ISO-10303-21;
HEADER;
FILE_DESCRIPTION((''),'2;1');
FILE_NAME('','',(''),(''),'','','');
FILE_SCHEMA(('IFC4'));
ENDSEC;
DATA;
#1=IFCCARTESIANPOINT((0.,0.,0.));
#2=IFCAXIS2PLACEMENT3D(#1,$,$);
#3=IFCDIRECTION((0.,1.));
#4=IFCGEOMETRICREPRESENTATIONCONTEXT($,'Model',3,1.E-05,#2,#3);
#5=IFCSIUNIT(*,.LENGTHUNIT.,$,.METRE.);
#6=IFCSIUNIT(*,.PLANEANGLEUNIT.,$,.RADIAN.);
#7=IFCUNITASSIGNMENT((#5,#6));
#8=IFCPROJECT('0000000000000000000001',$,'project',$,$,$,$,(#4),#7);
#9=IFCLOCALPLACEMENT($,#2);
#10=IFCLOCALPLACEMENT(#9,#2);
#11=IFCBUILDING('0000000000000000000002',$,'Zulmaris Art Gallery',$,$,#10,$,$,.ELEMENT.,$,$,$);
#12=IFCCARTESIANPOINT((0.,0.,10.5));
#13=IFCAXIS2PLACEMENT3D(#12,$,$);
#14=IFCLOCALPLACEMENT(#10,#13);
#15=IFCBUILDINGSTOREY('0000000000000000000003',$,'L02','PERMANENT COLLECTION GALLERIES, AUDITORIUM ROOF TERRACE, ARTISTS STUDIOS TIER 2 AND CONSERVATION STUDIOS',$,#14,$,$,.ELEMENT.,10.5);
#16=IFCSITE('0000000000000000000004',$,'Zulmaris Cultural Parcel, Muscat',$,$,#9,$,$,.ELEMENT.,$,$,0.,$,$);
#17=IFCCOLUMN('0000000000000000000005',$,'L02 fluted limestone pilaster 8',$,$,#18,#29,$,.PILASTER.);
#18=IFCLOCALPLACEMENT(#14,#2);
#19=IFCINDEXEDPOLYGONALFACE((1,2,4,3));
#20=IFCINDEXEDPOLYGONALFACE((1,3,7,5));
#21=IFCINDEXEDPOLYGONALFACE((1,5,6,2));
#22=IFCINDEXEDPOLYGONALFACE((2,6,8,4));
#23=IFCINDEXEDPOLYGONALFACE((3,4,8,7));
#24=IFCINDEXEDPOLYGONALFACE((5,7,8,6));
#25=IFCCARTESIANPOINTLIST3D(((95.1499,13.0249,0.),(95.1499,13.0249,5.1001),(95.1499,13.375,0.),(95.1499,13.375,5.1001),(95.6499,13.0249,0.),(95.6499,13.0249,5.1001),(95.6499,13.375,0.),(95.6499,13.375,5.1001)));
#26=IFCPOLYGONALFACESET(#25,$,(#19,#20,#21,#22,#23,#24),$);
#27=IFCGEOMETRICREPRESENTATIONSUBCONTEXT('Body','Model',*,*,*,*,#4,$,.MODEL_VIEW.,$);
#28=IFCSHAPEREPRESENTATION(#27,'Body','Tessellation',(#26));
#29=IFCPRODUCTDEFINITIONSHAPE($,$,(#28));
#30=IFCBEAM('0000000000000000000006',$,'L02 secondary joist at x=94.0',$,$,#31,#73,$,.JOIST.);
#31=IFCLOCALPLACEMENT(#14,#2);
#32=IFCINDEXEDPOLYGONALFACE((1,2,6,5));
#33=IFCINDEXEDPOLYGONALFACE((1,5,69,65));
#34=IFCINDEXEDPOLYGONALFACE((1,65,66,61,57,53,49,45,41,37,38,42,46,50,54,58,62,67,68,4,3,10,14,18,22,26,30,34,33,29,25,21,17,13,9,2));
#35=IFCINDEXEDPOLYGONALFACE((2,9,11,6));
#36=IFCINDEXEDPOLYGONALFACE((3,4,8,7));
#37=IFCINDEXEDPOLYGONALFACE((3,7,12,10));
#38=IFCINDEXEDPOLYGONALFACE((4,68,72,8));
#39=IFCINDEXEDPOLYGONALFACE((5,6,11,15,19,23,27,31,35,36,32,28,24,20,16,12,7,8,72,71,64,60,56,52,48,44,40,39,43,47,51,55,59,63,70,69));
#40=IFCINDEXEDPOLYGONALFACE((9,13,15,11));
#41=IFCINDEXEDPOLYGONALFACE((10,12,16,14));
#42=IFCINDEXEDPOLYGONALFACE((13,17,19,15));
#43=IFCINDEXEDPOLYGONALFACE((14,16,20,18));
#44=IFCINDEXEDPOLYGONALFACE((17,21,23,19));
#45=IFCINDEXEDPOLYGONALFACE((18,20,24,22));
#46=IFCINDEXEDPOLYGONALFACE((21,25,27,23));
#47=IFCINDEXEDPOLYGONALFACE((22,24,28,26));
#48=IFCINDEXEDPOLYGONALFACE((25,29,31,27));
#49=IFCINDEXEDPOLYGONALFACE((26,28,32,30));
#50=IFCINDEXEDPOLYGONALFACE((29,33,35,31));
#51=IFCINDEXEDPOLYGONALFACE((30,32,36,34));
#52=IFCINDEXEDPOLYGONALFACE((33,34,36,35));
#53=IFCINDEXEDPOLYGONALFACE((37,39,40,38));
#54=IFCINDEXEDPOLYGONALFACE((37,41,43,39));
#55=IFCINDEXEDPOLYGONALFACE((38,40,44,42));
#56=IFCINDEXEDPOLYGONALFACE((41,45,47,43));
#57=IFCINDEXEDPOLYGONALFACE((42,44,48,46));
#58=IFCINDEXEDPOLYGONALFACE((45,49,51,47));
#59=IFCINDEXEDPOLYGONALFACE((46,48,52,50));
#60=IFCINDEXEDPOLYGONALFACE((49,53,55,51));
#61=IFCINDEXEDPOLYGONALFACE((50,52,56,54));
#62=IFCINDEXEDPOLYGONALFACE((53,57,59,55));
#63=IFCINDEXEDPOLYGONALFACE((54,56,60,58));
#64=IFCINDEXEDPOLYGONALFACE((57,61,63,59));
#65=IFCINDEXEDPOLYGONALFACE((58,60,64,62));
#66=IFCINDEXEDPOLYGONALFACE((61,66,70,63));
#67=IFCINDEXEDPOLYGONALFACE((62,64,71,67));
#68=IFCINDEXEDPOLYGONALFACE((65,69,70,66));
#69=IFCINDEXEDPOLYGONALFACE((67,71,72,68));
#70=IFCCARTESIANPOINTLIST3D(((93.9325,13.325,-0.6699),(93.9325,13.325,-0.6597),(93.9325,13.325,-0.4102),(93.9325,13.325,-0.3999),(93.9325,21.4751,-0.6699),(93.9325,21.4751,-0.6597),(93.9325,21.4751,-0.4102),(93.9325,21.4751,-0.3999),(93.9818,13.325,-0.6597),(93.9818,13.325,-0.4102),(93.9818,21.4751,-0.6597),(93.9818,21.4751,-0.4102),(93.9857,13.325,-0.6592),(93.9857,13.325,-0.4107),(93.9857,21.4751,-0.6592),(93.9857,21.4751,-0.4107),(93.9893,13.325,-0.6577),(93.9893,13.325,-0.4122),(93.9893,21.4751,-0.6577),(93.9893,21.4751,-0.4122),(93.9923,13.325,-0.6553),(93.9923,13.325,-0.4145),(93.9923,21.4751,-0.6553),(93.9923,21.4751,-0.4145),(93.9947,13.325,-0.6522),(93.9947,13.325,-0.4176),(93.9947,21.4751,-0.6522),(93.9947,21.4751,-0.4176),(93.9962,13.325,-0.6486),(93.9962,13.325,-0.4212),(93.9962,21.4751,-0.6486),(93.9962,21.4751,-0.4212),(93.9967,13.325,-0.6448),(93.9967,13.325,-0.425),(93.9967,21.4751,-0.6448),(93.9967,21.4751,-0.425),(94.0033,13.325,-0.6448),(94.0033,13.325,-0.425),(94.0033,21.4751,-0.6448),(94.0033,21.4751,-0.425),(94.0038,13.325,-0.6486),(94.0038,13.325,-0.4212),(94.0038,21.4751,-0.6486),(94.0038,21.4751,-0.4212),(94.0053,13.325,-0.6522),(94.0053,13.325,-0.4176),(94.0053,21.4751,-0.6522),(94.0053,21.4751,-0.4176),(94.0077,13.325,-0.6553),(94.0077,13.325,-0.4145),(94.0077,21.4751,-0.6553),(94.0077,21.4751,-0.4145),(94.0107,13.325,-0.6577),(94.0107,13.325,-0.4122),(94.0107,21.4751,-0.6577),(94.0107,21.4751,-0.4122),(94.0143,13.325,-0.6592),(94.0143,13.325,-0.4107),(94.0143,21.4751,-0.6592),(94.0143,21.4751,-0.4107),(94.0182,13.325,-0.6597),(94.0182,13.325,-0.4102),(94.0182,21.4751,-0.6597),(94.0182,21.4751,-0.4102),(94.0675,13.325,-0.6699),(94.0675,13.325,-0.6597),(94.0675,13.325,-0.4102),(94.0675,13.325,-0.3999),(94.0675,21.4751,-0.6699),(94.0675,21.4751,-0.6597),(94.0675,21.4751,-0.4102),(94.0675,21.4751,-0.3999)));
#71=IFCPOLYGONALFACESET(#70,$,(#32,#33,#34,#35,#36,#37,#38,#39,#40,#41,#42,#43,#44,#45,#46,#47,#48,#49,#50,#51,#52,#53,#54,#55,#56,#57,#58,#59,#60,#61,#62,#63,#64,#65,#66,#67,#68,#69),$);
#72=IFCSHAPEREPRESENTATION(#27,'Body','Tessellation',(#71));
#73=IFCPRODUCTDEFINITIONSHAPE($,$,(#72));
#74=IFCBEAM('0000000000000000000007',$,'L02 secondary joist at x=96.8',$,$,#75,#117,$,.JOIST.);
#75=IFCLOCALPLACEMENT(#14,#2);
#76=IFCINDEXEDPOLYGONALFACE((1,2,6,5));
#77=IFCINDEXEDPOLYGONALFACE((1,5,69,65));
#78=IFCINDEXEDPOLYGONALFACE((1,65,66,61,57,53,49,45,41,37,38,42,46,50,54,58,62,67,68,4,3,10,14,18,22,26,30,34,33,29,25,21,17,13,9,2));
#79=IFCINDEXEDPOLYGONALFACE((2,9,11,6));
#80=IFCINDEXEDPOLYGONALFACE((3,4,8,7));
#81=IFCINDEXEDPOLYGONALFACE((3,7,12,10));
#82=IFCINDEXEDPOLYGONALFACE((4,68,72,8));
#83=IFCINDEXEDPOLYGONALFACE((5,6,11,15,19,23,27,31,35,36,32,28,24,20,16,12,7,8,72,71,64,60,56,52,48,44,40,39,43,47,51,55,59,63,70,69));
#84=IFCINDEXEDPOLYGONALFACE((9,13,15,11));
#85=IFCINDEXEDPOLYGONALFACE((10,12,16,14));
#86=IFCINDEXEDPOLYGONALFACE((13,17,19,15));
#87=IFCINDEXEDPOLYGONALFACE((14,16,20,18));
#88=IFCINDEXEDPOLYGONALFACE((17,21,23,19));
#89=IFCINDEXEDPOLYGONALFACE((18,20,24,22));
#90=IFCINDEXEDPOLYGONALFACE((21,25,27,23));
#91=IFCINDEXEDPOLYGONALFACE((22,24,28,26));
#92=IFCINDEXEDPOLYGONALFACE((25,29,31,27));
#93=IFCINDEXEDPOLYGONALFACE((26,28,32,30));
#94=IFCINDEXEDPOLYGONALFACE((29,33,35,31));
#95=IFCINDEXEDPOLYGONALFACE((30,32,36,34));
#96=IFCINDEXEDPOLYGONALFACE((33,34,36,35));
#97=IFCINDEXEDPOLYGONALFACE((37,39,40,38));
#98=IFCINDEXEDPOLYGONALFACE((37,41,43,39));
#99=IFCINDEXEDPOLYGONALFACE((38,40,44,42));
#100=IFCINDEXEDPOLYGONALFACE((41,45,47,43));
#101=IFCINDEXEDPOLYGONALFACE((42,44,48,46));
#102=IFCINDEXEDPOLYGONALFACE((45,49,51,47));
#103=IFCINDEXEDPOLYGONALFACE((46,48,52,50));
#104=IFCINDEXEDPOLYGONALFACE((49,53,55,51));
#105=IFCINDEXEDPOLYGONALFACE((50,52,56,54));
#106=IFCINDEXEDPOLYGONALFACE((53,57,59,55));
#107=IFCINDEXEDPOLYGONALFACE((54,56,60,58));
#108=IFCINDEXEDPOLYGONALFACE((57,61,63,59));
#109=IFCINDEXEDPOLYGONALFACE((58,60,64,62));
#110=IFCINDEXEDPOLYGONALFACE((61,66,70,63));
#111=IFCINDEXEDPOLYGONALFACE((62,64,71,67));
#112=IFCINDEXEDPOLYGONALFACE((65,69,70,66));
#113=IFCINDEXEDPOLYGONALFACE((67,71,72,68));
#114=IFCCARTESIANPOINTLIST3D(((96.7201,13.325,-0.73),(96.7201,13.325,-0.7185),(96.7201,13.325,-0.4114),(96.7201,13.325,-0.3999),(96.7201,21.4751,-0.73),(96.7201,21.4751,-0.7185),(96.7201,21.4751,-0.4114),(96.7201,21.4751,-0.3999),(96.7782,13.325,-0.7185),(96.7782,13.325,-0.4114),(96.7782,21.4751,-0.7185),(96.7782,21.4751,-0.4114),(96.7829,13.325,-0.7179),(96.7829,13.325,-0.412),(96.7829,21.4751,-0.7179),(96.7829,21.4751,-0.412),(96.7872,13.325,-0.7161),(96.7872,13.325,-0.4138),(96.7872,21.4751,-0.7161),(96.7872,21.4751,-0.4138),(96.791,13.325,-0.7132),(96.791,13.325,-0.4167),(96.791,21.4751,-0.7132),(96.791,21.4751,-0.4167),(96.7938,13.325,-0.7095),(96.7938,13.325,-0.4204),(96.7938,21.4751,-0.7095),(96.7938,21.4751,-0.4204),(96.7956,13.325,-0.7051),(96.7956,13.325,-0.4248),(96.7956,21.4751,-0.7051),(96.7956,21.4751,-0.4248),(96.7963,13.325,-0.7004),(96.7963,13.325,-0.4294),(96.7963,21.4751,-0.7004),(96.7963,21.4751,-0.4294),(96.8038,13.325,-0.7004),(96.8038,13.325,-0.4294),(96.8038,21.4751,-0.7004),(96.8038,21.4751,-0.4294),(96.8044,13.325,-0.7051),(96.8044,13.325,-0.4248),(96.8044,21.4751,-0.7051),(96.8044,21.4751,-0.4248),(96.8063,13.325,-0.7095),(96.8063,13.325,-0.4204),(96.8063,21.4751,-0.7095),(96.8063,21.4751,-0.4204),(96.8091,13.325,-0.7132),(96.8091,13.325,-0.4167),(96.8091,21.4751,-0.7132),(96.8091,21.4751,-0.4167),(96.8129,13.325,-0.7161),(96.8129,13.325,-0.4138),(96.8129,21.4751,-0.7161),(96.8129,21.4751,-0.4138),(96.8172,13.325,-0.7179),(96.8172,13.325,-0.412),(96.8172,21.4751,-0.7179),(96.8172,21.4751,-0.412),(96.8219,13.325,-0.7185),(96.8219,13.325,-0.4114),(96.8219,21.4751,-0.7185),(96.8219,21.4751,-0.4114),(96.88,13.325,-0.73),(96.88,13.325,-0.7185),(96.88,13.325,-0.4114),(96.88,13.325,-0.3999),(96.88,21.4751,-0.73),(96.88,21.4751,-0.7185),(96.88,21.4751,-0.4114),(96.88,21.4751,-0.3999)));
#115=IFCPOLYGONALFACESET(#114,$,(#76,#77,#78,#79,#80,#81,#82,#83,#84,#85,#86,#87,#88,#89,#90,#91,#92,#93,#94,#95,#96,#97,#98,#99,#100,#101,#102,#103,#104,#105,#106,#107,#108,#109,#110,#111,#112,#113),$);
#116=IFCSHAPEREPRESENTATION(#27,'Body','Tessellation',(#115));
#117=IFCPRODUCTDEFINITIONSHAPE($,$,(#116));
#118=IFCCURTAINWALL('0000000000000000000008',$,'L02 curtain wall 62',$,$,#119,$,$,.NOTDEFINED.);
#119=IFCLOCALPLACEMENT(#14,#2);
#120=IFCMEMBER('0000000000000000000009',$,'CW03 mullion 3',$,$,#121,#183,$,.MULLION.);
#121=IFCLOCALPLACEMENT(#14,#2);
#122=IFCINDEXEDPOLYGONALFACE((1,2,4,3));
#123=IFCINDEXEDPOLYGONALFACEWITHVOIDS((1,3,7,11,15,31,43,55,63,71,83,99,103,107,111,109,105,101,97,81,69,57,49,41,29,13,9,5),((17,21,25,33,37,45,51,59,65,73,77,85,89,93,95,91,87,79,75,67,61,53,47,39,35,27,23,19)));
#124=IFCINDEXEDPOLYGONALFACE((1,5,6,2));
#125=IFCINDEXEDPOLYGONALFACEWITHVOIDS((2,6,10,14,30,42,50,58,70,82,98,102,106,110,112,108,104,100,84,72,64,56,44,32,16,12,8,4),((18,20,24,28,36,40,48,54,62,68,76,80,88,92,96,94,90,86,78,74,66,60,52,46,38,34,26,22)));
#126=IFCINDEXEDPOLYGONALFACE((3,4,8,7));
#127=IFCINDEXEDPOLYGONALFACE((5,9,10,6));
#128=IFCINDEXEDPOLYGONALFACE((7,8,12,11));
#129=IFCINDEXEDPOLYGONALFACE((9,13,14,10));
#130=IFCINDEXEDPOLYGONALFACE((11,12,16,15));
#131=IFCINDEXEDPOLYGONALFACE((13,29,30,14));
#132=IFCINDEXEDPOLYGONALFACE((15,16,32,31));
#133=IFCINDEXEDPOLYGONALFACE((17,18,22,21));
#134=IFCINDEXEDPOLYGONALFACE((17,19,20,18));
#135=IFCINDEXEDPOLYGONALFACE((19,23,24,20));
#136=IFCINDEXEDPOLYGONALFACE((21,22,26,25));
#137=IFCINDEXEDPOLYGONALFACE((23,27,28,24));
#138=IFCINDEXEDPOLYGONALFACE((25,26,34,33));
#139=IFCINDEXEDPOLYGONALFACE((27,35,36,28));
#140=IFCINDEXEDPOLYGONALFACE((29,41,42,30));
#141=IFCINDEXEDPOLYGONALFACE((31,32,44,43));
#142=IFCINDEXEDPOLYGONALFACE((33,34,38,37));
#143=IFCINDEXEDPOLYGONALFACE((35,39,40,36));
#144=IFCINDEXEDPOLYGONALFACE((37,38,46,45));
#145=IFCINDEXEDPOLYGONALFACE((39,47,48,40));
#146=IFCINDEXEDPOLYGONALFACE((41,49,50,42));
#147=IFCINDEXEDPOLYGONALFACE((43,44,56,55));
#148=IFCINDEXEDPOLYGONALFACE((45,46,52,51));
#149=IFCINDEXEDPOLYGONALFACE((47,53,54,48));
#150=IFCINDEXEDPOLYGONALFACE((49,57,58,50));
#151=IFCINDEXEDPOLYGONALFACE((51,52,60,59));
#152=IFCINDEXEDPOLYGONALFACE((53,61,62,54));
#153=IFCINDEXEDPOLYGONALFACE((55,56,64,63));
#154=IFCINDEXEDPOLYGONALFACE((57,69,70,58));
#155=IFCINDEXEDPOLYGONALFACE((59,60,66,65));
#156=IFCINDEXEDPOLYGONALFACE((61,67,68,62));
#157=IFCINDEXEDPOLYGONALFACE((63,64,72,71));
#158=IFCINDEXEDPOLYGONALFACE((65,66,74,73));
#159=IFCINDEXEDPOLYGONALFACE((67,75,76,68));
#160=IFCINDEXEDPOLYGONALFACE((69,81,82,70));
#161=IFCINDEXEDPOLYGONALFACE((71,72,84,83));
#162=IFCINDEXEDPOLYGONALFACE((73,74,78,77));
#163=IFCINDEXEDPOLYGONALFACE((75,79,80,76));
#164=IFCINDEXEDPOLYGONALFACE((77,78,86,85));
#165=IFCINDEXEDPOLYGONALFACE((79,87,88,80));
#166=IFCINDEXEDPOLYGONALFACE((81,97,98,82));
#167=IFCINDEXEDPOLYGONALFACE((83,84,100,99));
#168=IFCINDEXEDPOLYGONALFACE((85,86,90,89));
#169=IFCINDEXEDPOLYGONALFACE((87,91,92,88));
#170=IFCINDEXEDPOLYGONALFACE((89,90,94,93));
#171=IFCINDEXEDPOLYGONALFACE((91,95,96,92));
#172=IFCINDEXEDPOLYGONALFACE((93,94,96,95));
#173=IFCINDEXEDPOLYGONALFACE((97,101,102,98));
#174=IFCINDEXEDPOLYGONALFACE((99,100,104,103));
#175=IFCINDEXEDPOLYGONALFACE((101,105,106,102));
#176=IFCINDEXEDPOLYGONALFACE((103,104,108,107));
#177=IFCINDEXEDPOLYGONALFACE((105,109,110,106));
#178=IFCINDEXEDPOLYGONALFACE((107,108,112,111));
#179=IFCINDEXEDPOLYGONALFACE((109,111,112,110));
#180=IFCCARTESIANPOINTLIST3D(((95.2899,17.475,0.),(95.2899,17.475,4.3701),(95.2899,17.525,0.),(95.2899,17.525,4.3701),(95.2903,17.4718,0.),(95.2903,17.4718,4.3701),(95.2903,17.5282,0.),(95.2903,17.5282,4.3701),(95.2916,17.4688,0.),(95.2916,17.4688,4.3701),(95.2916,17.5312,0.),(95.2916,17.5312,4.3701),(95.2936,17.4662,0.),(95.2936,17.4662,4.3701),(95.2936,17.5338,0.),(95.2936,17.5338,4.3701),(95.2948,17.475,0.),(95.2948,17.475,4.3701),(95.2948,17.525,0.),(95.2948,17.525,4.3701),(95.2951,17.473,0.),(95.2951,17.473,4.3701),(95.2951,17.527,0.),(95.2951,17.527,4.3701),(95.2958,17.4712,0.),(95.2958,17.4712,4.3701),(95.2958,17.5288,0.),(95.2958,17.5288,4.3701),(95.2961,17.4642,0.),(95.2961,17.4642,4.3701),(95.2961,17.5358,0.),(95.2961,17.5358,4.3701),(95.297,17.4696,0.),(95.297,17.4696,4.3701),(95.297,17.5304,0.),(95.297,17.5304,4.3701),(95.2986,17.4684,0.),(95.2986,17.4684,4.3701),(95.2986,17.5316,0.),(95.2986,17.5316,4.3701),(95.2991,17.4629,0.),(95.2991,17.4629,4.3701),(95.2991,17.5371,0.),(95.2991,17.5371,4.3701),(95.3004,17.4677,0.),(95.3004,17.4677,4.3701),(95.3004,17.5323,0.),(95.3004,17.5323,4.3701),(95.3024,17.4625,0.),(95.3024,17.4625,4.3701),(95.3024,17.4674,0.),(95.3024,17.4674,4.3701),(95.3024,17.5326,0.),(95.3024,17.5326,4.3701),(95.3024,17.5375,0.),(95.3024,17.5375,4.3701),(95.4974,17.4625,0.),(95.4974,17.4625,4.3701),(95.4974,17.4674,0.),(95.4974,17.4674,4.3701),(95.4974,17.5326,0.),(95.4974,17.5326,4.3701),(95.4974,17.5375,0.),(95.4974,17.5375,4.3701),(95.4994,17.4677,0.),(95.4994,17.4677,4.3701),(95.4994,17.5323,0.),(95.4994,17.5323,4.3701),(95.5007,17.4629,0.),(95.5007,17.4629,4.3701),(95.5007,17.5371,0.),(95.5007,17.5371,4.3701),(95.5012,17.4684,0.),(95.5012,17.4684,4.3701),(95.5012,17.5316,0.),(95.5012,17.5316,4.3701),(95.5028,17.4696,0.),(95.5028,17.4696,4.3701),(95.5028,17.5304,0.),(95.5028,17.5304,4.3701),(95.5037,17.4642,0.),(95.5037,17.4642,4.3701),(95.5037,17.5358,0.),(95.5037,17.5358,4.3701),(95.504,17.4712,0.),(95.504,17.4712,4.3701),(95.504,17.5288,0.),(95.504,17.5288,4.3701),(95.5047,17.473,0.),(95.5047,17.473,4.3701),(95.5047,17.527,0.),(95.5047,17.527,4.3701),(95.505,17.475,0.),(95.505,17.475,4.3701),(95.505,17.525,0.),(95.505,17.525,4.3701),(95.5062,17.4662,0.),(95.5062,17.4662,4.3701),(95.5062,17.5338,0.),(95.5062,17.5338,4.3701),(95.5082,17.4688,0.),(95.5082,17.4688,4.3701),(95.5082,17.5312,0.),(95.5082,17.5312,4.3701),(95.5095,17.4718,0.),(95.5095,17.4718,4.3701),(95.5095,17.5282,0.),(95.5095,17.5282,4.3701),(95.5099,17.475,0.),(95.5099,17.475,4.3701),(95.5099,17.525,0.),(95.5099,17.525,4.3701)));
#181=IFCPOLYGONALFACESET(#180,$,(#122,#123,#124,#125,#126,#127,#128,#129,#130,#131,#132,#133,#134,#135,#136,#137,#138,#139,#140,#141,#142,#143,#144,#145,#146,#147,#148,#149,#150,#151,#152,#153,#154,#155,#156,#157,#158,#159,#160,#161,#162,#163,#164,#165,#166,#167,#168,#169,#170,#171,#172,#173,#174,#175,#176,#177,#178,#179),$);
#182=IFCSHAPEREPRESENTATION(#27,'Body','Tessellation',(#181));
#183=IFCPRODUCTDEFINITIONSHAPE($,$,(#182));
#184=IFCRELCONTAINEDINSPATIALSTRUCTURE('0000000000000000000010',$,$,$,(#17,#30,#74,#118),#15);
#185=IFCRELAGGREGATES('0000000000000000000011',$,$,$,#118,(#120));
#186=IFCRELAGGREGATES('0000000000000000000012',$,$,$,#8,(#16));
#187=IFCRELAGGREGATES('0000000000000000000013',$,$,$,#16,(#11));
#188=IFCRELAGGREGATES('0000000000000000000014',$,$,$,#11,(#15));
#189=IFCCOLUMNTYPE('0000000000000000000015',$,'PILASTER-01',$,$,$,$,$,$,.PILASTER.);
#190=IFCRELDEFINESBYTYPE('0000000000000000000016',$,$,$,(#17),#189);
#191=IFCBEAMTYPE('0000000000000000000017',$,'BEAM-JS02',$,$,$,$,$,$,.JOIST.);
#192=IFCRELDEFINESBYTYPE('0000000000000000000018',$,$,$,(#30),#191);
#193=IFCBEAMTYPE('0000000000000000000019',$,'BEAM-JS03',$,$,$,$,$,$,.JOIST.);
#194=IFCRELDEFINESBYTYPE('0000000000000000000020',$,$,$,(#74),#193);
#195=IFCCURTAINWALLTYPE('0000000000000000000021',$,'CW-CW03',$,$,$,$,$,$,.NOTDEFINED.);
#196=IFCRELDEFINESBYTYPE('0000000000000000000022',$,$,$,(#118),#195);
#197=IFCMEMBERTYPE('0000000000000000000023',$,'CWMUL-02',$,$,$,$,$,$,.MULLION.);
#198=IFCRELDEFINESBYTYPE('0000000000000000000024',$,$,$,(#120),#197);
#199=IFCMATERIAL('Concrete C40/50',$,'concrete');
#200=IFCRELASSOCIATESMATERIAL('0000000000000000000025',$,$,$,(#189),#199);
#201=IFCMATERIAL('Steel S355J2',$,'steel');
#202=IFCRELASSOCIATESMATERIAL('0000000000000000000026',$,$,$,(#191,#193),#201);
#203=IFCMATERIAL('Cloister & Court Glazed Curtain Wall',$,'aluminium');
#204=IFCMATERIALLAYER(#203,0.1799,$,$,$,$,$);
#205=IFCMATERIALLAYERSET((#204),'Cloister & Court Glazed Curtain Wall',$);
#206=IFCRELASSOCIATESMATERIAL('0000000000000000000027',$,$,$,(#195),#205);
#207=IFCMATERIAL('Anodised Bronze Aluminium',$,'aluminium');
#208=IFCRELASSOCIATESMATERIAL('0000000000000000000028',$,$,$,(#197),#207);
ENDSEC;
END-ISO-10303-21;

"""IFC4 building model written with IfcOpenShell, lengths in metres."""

from ifc_helpers import new_model, si_unit, direction, frame, origin, origin_2d, place, context, subcontext, project, spatial, rectangle, hollow_rectangle, i_section, extrude, material, layer, layer_set, material_profile, profile_set, type_object, element, aggregate, save


model = new_model("IFC4")

# Units and contexts
model_context = context("Model", 3, precision=1e-05, world=origin(), true_north=direction((0.0, 1.0)))
body_context = subcontext(model_context, "Body", "Model", "MODEL_VIEW")
ifc_project = project(units=[si_unit("LENGTHUNIT", "METRE"), si_unit("PLANEANGLEUNIT", "RADIAN")], contexts=[model_context])

# Site, building, storey
site_placement = place(None, origin())
site = spatial("IfcSite", under=ifc_project, at=site_placement, Name="Zulmaris Cultural Parcel, Muscat", CompositionType="ELEMENT", RefElevation=0.0)
building_placement = place(site_placement, origin())
building = spatial("IfcBuilding", under=site, at=building_placement, Name="Zulmaris Art Gallery", CompositionType="ELEMENT")
storey_placement = place(building_placement, frame((0.0, 0.0, 10.5)))
storey = spatial("IfcBuildingStorey", under=building, at=storey_placement, Name="L02", Description="PERMANENT COLLECTION GALLERIES, AUDITORIUM ROOF TERRACE, ARTISTS STUDIOS TIER 2 AND CONSERVATION STUDIOS", CompositionType="ELEMENT", Elevation=10.5)

# Column
ifc_material_1 = material(Name="Concrete C40/50", Category="concrete")
ifc_material_profile_1 = material_profile(ifc_material_1, rectangle(XDim=0.5, YDim=0.3501, at=origin_2d()), Name="PIL 500x350")
ifc_profile_set_1 = profile_set([ifc_material_profile_1], Name="Concrete C40/50")
column_type = type_object("IfcColumnType", Name="PILASTER-01", PredefinedType="PILASTER", material=ifc_profile_set_1)
column_placement = place(storey_placement, frame((95.3999, 13.2, 0.0), z_axis=(0.0, 0.0, 1.0), x_axis=(1.0, 0.0, 0.0)))
element("IfcColumn", 1, at=column_placement, inside=storey, type_object=column_type, Name="L02 fluted limestone pilaster 8", PredefinedType="PILASTER", context=body_context, shape_type="SweptSolid", body=[
    extrude(rectangle(XDim=0.5, YDim=0.3501, at=origin_2d()), origin(), (0.0, 0.0, 1.0), 5.1001),
])

# Beams
ifc_material_2 = material(Name="Steel S355J2", Category="steel")
ifc_material_profile_2 = material_profile(ifc_material_2, i_section(OverallWidth=0.135, OverallDepth=0.27, WebThickness=0.0066, FlangeThickness=0.0103, FilletRadius=0.0149, at=origin_2d()), Name="IPE 270")
ifc_profile_set_2 = profile_set([ifc_material_profile_2], Name="Steel S355J2")
beam_type_1 = type_object("IfcBeamType", Name="BEAM-JS02", PredefinedType="JOIST", material=ifc_profile_set_2)
beam_1_placement = place(storey_placement, frame((94.0, 13.325, -0.5349), z_axis=(0.0, 1.0, 0.0), x_axis=(-1.0, 0.0, 0.0)))
element("IfcBeam", 2, at=beam_1_placement, inside=storey, type_object=beam_type_1, Name="L02 secondary joist at x=94.0", PredefinedType="JOIST", context=body_context, shape_type="SweptSolid", body=[
    extrude(i_section(OverallWidth=0.135, OverallDepth=0.27, WebThickness=0.0066, FlangeThickness=0.0103, FilletRadius=0.0149, at=origin_2d()), origin(), (0.0, 0.0, 1.0), 8.1501),
])
ifc_material_profile_3 = material_profile(ifc_material_2, i_section(OverallWidth=0.1599, OverallDepth=0.3301, WebThickness=0.0076, FlangeThickness=0.0115, FilletRadius=0.0181, at=origin_2d()), Name="IPE 330")
ifc_profile_set_3 = profile_set([ifc_material_profile_3], Name="Steel S355J2")
beam_type_2 = type_object("IfcBeamType", Name="BEAM-JS03", PredefinedType="JOIST", material=ifc_profile_set_3)
beam_2_placement = place(storey_placement, frame((96.8, 13.325, -0.5649), z_axis=(0.0, 1.0, 0.0), x_axis=(-1.0, 0.0, 0.0)))
element("IfcBeam", 3, at=beam_2_placement, inside=storey, type_object=beam_type_2, Name="L02 secondary joist at x=96.8", PredefinedType="JOIST", context=body_context, shape_type="SweptSolid", body=[
    extrude(i_section(OverallWidth=0.1599, OverallDepth=0.3301, WebThickness=0.0076, FlangeThickness=0.0115, FilletRadius=0.0181, at=origin_2d()), origin(), (0.0, 0.0, 1.0), 8.1501),
])

# Curtain wall, member
ifc_material_3 = material(Name="Cloister & Court Glazed Curtain Wall", Category="aluminium")
ifc_layer_1 = layer(ifc_material_3, 0.1799)
ifc_layer_set_1 = layer_set([ifc_layer_1], Name="Cloister & Court Glazed Curtain Wall")
curtain_wall_type = type_object("IfcCurtainWallType", Name="CW-CW03", PredefinedType="NOTDEFINED", material=ifc_layer_set_1)
curtain_wall_1_placement = place(storey_placement, origin())
curtain_wall_1 = element("IfcCurtainWall", 4, at=curtain_wall_1_placement, inside=storey, type_object=curtain_wall_type, Name="L02 curtain wall 62", PredefinedType="NOTDEFINED")
ifc_material_4 = material(Name="Anodised Bronze Aluminium", Category="aluminium")
ifc_material_profile_4 = material_profile(ifc_material_4, hollow_rectangle(XDim=0.075, YDim=0.22, WallThickness=0.0049, InnerFilletRadius=0.0076, OuterFilletRadius=0.0125, at=origin_2d()), Name="ALU 75x220x5")
ifc_profile_set_4 = profile_set([ifc_material_profile_4], Name="Anodised Bronze Aluminium")
member_type_1 = type_object("IfcMemberType", Name="CWMUL-02", PredefinedType="MULLION", material=ifc_profile_set_4)
member_1_placement = place(storey_placement, frame((95.3999, 17.5, 0.0), z_axis=(0.0, 0.0, 1.0), x_axis=(0.0, 1.0, 0.0)))
member_1 = element("IfcMember", 5, at=member_1_placement, type_object=member_type_1, Name="CW03 mullion 3", PredefinedType="MULLION", context=body_context, shape_type="SweptSolid", body=[
    extrude(hollow_rectangle(XDim=0.075, YDim=0.22, WallThickness=0.0049, InnerFilletRadius=0.0076, OuterFilletRadius=0.0125, at=origin_2d()), origin(), (0.0, 0.0, 1.0), 4.3701),
])

aggregate(curtain_wall_1, [member_1])

save(model, "model.ifc")
